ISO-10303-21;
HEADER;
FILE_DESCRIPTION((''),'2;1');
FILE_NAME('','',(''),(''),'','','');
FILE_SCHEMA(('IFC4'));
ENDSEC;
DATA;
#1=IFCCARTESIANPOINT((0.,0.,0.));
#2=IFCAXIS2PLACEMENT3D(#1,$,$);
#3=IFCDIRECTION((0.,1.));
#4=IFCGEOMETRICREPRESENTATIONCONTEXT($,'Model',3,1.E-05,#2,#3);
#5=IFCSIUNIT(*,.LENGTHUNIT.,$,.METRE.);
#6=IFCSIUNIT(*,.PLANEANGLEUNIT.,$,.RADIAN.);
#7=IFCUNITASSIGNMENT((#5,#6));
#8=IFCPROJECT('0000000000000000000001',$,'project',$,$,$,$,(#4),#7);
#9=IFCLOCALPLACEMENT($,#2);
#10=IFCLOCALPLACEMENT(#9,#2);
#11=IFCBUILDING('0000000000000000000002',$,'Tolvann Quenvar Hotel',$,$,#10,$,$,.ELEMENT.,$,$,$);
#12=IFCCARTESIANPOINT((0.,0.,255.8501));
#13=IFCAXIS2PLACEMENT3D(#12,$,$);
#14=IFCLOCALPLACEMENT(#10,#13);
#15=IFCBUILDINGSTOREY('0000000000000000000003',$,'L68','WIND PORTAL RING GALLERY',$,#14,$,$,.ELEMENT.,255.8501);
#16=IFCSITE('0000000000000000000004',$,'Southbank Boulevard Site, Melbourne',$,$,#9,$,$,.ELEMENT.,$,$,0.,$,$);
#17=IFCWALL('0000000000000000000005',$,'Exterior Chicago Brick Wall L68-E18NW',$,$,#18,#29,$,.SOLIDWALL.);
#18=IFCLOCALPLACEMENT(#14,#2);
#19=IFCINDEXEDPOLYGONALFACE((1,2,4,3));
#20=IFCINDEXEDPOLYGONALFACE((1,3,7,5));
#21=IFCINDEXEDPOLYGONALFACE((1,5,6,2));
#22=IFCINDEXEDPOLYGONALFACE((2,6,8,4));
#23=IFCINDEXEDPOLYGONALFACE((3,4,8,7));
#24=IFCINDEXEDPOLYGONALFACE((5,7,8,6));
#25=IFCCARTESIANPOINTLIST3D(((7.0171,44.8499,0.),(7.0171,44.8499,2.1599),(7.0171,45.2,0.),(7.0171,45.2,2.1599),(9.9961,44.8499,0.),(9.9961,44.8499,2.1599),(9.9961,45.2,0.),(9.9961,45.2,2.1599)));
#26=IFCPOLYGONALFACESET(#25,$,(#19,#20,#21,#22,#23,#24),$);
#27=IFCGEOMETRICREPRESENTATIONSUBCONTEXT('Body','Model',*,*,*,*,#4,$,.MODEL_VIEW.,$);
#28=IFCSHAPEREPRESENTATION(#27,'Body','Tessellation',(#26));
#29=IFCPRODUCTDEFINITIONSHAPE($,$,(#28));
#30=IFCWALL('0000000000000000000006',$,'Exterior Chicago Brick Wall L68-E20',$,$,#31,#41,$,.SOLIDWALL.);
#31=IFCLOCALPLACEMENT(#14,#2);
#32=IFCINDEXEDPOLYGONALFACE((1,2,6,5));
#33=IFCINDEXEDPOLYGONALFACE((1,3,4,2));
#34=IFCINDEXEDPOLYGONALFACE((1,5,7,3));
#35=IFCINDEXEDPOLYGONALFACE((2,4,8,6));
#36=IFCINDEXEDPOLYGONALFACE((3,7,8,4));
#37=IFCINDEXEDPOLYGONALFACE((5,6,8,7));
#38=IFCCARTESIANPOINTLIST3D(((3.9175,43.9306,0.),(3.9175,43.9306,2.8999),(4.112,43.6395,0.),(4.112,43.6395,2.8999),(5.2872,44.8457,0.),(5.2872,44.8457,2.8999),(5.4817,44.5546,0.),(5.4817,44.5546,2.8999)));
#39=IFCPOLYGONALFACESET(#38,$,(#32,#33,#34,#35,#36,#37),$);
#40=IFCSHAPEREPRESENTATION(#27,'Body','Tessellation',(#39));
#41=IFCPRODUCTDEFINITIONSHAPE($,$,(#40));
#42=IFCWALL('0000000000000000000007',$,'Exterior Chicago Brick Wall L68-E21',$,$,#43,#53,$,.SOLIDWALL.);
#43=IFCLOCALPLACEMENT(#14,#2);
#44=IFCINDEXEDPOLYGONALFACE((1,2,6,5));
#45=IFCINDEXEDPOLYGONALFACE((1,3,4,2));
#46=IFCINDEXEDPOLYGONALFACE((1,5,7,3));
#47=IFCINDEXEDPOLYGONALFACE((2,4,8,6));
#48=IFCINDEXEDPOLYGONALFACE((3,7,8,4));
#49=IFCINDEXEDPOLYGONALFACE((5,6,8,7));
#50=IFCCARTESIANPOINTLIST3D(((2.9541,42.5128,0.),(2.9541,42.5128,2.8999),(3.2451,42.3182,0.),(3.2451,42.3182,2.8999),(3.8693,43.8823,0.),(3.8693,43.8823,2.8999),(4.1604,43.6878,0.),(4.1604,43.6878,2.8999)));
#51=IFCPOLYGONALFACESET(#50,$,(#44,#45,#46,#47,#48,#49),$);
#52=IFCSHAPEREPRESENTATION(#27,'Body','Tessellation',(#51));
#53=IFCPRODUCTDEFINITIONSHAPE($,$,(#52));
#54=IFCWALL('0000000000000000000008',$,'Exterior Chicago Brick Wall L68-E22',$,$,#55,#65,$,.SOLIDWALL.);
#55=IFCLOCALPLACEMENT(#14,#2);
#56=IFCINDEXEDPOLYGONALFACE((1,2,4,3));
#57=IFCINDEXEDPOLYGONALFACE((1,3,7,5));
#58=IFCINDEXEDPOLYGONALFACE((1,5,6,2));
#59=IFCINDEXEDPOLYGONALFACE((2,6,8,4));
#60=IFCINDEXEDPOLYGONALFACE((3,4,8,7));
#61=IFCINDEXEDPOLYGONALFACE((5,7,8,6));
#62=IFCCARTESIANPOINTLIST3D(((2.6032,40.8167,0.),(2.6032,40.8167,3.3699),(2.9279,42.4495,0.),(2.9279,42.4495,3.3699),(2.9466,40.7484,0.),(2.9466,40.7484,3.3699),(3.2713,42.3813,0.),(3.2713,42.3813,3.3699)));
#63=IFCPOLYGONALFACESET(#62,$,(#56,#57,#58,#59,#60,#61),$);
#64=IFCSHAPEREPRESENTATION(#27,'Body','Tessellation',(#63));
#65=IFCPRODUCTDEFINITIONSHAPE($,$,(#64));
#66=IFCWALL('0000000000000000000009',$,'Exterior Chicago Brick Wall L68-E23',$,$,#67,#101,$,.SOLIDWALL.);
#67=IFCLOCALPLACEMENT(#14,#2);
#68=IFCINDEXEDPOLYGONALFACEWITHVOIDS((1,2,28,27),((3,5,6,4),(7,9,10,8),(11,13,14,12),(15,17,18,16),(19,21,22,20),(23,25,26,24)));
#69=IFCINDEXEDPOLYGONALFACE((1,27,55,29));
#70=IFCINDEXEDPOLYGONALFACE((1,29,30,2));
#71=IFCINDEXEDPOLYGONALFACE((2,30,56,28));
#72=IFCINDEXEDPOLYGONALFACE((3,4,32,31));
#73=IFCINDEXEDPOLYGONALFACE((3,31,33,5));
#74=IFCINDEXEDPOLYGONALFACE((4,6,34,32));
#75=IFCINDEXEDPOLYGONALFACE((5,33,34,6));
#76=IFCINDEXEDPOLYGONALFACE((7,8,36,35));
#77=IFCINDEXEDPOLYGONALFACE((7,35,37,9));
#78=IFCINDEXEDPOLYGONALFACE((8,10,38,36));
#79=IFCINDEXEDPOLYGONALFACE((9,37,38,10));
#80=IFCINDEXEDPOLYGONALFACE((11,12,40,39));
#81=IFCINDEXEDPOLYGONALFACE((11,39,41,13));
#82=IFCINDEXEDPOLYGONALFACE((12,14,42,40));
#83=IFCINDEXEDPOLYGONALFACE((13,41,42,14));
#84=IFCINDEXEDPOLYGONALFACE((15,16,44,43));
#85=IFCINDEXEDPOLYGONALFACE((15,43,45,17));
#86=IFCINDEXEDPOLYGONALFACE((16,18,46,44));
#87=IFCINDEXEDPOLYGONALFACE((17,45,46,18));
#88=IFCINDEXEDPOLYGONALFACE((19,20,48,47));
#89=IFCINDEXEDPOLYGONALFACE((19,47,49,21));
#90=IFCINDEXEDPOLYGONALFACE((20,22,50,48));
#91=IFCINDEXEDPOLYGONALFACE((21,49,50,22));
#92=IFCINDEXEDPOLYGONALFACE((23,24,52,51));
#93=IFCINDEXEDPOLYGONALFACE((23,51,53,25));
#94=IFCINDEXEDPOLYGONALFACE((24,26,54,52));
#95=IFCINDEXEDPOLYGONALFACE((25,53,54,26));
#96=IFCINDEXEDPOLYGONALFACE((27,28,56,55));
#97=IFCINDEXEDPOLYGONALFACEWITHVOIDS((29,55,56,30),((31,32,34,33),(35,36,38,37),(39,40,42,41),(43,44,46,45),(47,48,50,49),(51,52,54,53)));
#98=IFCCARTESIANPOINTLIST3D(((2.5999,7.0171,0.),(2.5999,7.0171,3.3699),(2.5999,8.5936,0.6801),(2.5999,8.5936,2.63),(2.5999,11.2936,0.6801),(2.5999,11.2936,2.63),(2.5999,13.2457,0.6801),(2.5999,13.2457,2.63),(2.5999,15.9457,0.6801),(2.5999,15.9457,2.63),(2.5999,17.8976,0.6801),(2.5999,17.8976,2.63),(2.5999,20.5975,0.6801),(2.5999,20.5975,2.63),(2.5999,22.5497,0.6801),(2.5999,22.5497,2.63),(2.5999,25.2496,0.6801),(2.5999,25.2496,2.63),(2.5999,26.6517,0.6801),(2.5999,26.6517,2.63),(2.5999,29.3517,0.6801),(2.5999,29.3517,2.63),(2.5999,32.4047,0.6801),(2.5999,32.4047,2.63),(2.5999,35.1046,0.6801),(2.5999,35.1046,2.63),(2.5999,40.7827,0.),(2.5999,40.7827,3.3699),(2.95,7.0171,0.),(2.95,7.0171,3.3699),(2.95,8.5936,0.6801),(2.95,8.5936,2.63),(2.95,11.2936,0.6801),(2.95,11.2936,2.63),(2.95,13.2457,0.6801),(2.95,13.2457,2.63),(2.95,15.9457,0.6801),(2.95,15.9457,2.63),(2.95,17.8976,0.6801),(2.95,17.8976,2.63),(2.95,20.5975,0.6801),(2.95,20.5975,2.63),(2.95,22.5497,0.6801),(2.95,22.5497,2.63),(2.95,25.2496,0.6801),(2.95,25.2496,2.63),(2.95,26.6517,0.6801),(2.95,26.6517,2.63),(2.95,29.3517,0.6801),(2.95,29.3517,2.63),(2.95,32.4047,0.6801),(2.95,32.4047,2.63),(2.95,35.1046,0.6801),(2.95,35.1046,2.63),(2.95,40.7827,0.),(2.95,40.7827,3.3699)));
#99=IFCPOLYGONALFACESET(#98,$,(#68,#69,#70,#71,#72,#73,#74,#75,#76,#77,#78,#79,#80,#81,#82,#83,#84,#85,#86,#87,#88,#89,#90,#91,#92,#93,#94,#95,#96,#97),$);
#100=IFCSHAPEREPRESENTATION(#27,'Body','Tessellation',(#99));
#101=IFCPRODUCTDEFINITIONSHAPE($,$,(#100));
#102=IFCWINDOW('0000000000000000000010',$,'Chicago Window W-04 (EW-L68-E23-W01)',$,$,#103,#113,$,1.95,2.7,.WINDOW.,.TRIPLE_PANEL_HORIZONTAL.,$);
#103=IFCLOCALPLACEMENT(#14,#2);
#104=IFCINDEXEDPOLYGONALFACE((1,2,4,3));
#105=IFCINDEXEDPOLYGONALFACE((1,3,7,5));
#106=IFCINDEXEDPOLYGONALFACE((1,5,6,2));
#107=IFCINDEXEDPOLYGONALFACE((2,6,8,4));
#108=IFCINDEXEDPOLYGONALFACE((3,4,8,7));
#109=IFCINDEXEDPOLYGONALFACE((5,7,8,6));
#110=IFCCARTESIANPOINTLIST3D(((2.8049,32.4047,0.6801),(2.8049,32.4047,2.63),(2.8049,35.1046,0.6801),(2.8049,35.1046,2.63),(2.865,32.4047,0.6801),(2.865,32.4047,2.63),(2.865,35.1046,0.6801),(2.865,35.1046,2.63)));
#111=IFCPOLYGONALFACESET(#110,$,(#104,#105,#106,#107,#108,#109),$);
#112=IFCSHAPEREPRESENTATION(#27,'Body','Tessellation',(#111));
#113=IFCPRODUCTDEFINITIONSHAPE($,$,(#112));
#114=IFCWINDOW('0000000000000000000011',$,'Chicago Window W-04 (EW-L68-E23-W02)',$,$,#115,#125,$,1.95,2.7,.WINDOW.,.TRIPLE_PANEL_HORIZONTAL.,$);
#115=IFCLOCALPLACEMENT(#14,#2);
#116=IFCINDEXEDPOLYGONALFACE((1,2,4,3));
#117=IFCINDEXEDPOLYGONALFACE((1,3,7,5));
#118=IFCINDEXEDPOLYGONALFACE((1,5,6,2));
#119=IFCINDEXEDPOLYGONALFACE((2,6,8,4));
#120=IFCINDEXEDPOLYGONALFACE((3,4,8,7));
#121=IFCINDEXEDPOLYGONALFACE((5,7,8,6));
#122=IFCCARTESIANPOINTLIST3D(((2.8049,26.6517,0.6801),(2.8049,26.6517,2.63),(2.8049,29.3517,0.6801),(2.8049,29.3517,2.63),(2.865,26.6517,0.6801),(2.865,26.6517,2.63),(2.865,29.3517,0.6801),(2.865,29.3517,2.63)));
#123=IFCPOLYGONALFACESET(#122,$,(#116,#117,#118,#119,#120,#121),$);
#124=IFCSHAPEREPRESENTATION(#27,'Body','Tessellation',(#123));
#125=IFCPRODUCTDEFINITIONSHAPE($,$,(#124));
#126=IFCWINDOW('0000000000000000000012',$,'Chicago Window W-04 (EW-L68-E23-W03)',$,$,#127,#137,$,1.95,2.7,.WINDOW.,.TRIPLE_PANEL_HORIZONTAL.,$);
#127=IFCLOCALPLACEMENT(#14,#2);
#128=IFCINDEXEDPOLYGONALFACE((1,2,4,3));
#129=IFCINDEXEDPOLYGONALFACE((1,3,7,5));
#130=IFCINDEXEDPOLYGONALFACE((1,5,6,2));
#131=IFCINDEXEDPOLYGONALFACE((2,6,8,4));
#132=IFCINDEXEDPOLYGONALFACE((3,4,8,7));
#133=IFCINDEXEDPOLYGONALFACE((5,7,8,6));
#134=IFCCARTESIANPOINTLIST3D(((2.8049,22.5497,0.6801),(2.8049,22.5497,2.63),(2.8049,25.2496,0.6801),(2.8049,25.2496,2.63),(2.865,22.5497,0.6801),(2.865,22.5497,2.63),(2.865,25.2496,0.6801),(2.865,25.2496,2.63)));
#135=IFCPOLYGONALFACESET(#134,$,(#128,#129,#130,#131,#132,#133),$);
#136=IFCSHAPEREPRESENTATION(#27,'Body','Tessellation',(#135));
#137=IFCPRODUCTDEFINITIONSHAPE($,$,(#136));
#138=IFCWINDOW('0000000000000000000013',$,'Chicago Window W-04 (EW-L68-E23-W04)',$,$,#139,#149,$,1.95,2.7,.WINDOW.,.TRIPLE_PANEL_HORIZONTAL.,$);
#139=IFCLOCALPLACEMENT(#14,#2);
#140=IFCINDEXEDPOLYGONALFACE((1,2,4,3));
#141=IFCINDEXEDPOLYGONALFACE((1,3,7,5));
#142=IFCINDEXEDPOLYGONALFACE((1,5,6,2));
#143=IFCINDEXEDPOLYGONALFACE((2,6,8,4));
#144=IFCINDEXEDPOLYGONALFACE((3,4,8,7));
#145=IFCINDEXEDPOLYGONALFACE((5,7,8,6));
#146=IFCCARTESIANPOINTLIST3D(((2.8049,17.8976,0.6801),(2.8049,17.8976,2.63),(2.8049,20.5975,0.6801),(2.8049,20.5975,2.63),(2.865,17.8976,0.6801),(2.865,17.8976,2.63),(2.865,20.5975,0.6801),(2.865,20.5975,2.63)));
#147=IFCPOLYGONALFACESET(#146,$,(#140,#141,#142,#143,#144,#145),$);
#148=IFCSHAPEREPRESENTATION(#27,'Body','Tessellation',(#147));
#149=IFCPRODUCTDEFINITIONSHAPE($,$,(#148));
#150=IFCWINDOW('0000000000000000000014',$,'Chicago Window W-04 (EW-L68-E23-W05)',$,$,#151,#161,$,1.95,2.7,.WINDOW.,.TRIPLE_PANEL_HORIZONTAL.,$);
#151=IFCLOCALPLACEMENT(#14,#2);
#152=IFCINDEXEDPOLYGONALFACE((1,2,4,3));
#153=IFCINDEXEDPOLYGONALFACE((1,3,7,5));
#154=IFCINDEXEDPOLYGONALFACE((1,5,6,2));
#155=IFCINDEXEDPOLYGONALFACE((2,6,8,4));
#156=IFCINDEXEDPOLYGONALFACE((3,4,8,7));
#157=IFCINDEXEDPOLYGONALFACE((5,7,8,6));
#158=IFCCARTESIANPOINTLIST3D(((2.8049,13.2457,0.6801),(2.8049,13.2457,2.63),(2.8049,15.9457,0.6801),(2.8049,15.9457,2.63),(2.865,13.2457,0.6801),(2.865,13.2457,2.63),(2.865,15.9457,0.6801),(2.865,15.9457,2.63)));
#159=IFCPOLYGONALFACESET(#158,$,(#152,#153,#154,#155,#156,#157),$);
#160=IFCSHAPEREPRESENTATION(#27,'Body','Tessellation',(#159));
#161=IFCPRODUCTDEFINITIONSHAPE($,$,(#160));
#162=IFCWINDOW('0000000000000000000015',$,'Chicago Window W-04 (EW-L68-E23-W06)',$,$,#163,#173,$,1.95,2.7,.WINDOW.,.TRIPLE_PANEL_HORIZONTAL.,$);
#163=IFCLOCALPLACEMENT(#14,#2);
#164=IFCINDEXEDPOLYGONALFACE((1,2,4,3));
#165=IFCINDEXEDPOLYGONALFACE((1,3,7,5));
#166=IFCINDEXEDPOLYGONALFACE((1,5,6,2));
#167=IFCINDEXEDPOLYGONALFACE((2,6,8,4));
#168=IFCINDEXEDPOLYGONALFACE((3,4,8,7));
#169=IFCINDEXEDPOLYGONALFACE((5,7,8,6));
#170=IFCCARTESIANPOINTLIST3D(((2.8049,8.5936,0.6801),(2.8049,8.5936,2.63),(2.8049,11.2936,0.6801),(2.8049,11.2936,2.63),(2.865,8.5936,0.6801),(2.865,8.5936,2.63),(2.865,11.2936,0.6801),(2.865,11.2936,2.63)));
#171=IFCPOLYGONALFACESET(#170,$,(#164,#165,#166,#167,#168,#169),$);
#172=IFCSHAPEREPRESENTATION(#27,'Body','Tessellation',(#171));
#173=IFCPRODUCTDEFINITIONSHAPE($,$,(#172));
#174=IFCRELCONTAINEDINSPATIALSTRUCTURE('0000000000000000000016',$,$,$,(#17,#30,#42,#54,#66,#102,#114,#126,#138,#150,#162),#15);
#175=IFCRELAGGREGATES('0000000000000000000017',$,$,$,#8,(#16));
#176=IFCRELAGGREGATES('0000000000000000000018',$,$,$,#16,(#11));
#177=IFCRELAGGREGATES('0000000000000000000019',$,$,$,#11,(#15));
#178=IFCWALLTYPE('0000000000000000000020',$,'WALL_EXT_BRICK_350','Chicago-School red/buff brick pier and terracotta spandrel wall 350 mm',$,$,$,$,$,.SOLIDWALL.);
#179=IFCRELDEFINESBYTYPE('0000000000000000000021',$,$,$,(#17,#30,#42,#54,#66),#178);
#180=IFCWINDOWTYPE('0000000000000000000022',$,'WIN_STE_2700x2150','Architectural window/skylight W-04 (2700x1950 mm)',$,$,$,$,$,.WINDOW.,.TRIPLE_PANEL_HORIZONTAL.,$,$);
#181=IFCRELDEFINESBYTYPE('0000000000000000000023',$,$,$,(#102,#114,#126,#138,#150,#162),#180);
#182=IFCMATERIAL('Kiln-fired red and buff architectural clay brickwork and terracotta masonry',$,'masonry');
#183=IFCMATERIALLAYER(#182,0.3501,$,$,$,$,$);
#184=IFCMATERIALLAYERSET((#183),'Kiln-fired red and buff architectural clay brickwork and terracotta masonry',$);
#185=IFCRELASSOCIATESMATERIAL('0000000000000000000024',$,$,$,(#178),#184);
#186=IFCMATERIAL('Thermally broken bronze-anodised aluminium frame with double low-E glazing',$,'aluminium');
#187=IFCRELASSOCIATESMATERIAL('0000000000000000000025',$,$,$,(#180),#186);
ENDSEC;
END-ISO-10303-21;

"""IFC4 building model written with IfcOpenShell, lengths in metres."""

from ifc_helpers import new_model, si_unit, direction, frame, frame_2d, origin, place, context, subcontext, project, spatial, rectangle, extrude, source, transform, mapped, material, layer, layer_set, type_object, type_shapes, element, fill, save


model = new_model("IFC4")

# Units and contexts
model_context = context("Model", 3, precision=1e-05, world=origin(), true_north=direction((0.0, 1.0)))
body_context = subcontext(model_context, "Body", "Model", "MODEL_VIEW")
ifc_project = project(units=[si_unit("LENGTHUNIT", "METRE"), si_unit("PLANEANGLEUNIT", "RADIAN")], contexts=[model_context])

# Site, building, storey
site_placement = place(None, origin())
site = spatial("IfcSite", under=ifc_project, at=site_placement, Name="Southbank Boulevard Site, Melbourne", CompositionType="ELEMENT", RefElevation=0.0)
building_placement = place(site_placement, origin())
building = spatial("IfcBuilding", under=site, at=building_placement, Name="Tolvann Quenvar Hotel", CompositionType="ELEMENT")
storey_placement = place(building_placement, frame((0.0, 0.0, 255.8501)))
storey = spatial("IfcBuildingStorey", under=building, at=storey_placement, Name="L68", Description="WIND PORTAL RING GALLERY", CompositionType="ELEMENT", Elevation=255.8501)

# Walls
ifc_material_1 = material(Name="Kiln-fired red and buff architectural clay brickwork and terracotta masonry", Category="masonry")
ifc_layer_1 = layer(ifc_material_1, 0.3501)
ifc_layer_set_1 = layer_set([ifc_layer_1], Name="Kiln-fired red and buff architectural clay brickwork and terracotta masonry")
wall_type_1 = type_object("IfcWallType", Name="WALL_EXT_BRICK_350", Description="Chicago-School red/buff brick pier and terracotta spandrel wall 350 mm", PredefinedType="SOLIDWALL", material=ifc_layer_set_1)
wall_1_placement = place(storey_placement, frame((9.9961, 45.0249, 0.0), z_axis=(0.0, 0.0, 1.0), x_axis=(-1.0, 0.0, 0.0)))
element("IfcWall", 1, at=wall_1_placement, inside=storey, type_object=wall_type_1, Name="Exterior Chicago Brick Wall L68-E18NW", PredefinedType="SOLIDWALL", context=body_context, shape_type="SweptSolid", body=[
    extrude(rectangle(XDim=2.979, YDim=0.3501, at=frame_2d((1.4895, 0.0))), origin(), (0.0, 0.0, 1.0), 2.1599),
])
for number, where, z_axis, x_axis, name in (
    (2, (5.3845, 44.7002, 0.0), (0.0, 0.0, 1.0), (-0.831503, -0.555521, 0.0), "Exterior Chicago Brick Wall L68-E20"),
    (3, (4.0149, 43.7852, 0.0), (0.0, 0.0, 1.0), (-0.555623, -0.831434, 0.0), "Exterior Chicago Brick Wall L68-E21"),
):
    element("IfcWall", number, at=place(storey_placement, frame(where, z_axis=z_axis, x_axis=x_axis)), inside=storey, type_object=wall_type_1, Name=name, PredefinedType="SOLIDWALL", context=body_context, shape_type="SweptSolid", body=[
        extrude(rectangle(XDim=1.6472, YDim=0.3501, at=frame_2d((0.8237, 0.0))), origin(), (0.0, 0.0, 1.0), 2.8999),
    ])
wall_2_placement = place(storey_placement, frame((3.0996, 42.4155, 0.0), z_axis=(0.0, 0.0, 1.0), x_axis=(-0.195044, -0.980794, 0.0)))
element("IfcWall", 4, at=wall_2_placement, inside=storey, type_object=wall_type_1, Name="Exterior Chicago Brick Wall L68-E22", PredefinedType="SOLIDWALL", context=body_context, shape_type="SweptSolid", body=[
    extrude(rectangle(XDim=1.6648, YDim=0.3501, at=frame_2d((0.8325, 0.0))), origin(), (0.0, 0.0, 1.0), 3.3699),
])

# Wall, openings, windows
wall_3_placement = place(storey_placement, frame((2.7749, 40.7827, 0.0), z_axis=(0.0, 0.0, 1.0), x_axis=(0.0, -1.0, 0.0)))
wall_3 = element("IfcWall", 5, at=wall_3_placement, inside=storey, type_object=wall_type_1, Name="Exterior Chicago Brick Wall L68-E23", PredefinedType="SOLIDWALL", context=body_context, shape_type="SweptSolid", body=[
    extrude(rectangle(XDim=33.7656, YDim=0.3501, at=frame_2d((16.8828, 0.0))), origin(), (0.0, 0.0, 1.0), 3.3699),
])
opening_1_placement = place(wall_3_placement, frame((5.678, 0.0, 0.6799)))
opening_1 = element("IfcOpeningElement", 6, at=opening_1_placement, cuts=wall_3, PredefinedType="OPENING", context=body_context, shape_type="SweptSolid", body=[
    extrude(rectangle(XDim=2.7, YDim=1.95, at=frame_2d((1.3501, 0.9751))), frame((0.0, 0.1851, 0.0), z_axis=(0.0, -1.0, 0.0), x_axis=(1.0, 0.0, 0.0)), (0.0, 0.0, 1.0), 0.3701),
])
opening_2_placement = place(wall_3_placement, frame((11.4309, 0.0, 0.6799)))
opening_2 = element("IfcOpeningElement", 7, at=opening_2_placement, cuts=wall_3, PredefinedType="OPENING", context=body_context, shape_type="SweptSolid", body=[
    extrude(rectangle(XDim=2.7, YDim=1.95, at=frame_2d((1.3501, 0.9751))), frame((0.0, 0.1851, 0.0), z_axis=(0.0, -1.0, 0.0), x_axis=(1.0, 0.0, 0.0)), (0.0, 0.0, 1.0), 0.3701),
])
opening_3_placement = place(wall_3_placement, frame((15.533, 0.0, 0.6799)))
opening_3 = element("IfcOpeningElement", 8, at=opening_3_placement, cuts=wall_3, PredefinedType="OPENING", context=body_context, shape_type="SweptSolid", body=[
    extrude(rectangle(XDim=2.7, YDim=1.95, at=frame_2d((1.3501, 0.9751))), frame((0.0, 0.1851, 0.0), z_axis=(0.0, -1.0, 0.0), x_axis=(1.0, 0.0, 0.0)), (0.0, 0.0, 1.0), 0.3701),
])
opening_4_placement = place(wall_3_placement, frame((20.1851, 0.0, 0.6799)))
opening_4 = element("IfcOpeningElement", 9, at=opening_4_placement, cuts=wall_3, PredefinedType="OPENING", context=body_context, shape_type="SweptSolid", body=[
    extrude(rectangle(XDim=2.7, YDim=1.95, at=frame_2d((1.3501, 0.9751))), frame((0.0, 0.1851, 0.0), z_axis=(0.0, -1.0, 0.0), x_axis=(1.0, 0.0, 0.0)), (0.0, 0.0, 1.0), 0.3701),
])
opening_5_placement = place(wall_3_placement, frame((24.8369, 0.0, 0.6799)))
opening_5 = element("IfcOpeningElement", 10, at=opening_5_placement, cuts=wall_3, PredefinedType="OPENING", context=body_context, shape_type="SweptSolid", body=[
    extrude(rectangle(XDim=2.7, YDim=1.95, at=frame_2d((1.3501, 0.9751))), frame((0.0, 0.1851, 0.0), z_axis=(0.0, -1.0, 0.0), x_axis=(1.0, 0.0, 0.0)), (0.0, 0.0, 1.0), 0.3701),
])
opening_6_placement = place(wall_3_placement, frame((29.489, 0.0, 0.6799)))
opening_6 = element("IfcOpeningElement", 11, at=opening_6_placement, cuts=wall_3, PredefinedType="OPENING", context=body_context, shape_type="SweptSolid", body=[
    extrude(rectangle(XDim=2.7, YDim=1.95, at=frame_2d((1.3501, 0.9751))), frame((0.0, 0.1851, 0.0), z_axis=(0.0, -1.0, 0.0), x_axis=(1.0, 0.0, 0.0)), (0.0, 0.0, 1.0), 0.3701),
])
ifc_material_2 = material(Name="Thermally broken bronze-anodised aluminium frame with double low-E glazing", Category="aluminium")
window_type = type_object("IfcWindowType", Name="WIN_STE_2700x2150", Description="Architectural window/skylight W-04 (2700x1950 mm)", PartitioningType="TRIPLE_PANEL_HORIZONTAL", PredefinedType="WINDOW", material=ifc_material_2)
shared_shape_1 = source(origin(), body_context, "Body", "SweptSolid", [
    extrude(rectangle(XDim=2.7, YDim=1.95, at=frame_2d((1.3501, 0.9751))), frame((0.0, 0.0901, 0.0), z_axis=(0.0, -1.0, 0.0), x_axis=(1.0, 0.0, 0.0)), (0.0, 0.0, 1.0), 0.0601),
])
type_shapes(window_type, [shared_shape_1])
window_1_placement = place(opening_1_placement, origin())
window_1 = element("IfcWindow", 12, at=window_1_placement, inside=storey, type_object=window_type, Name="Chicago Window W-04 (EW-L68-E23-W01)", OverallHeight=1.95, OverallWidth=2.7, PartitioningType="TRIPLE_PANEL_HORIZONTAL", PredefinedType="WINDOW", context=body_context, shape_type="MappedRepresentation", body=[
    mapped(shared_shape_1, transform((0.0, 0.0, 0.0), x_axis=(1.0, 0.0, 0.0), y_axis=(0.0, 1.0, 0.0), z_axis=(0.0, 0.0, 1.0), scale=1.0)),
])
fill(opening_1, window_1)
window_2_placement = place(opening_2_placement, origin())
window_2 = element("IfcWindow", 13, at=window_2_placement, inside=storey, type_object=window_type, Name="Chicago Window W-04 (EW-L68-E23-W02)", OverallHeight=1.95, OverallWidth=2.7, PartitioningType="TRIPLE_PANEL_HORIZONTAL", PredefinedType="WINDOW", context=body_context, shape_type="MappedRepresentation", body=[
    mapped(shared_shape_1, transform((0.0, 0.0, 0.0), x_axis=(1.0, 0.0, 0.0), y_axis=(0.0, 1.0, 0.0), z_axis=(0.0, 0.0, 1.0), scale=1.0)),
])
fill(opening_2, window_2)
window_3_placement = place(opening_3_placement, origin())
window_3 = element("IfcWindow", 14, at=window_3_placement, inside=storey, type_object=window_type, Name="Chicago Window W-04 (EW-L68-E23-W03)", OverallHeight=1.95, OverallWidth=2.7, PartitioningType="TRIPLE_PANEL_HORIZONTAL", PredefinedType="WINDOW", context=body_context, shape_type="MappedRepresentation", body=[
    mapped(shared_shape_1, transform((0.0, 0.0, 0.0), x_axis=(1.0, 0.0, 0.0), y_axis=(0.0, 1.0, 0.0), z_axis=(0.0, 0.0, 1.0), scale=1.0)),
])
fill(opening_3, window_3)
window_4_placement = place(opening_4_placement, origin())
window_4 = element("IfcWindow", 15, at=window_4_placement, inside=storey, type_object=window_type, Name="Chicago Window W-04 (EW-L68-E23-W04)", OverallHeight=1.95, OverallWidth=2.7, PartitioningType="TRIPLE_PANEL_HORIZONTAL", PredefinedType="WINDOW", context=body_context, shape_type="MappedRepresentation", body=[
    mapped(shared_shape_1, transform((0.0, 0.0, 0.0), x_axis=(1.0, 0.0, 0.0), y_axis=(0.0, 1.0, 0.0), z_axis=(0.0, 0.0, 1.0), scale=1.0)),
])
fill(opening_4, window_4)
window_5_placement = place(opening_5_placement, origin())
window_5 = element("IfcWindow", 16, at=window_5_placement, inside=storey, type_object=window_type, Name="Chicago Window W-04 (EW-L68-E23-W05)", OverallHeight=1.95, OverallWidth=2.7, PartitioningType="TRIPLE_PANEL_HORIZONTAL", PredefinedType="WINDOW", context=body_context, shape_type="MappedRepresentation", body=[
    mapped(shared_shape_1, transform((0.0, 0.0, 0.0), x_axis=(1.0, 0.0, 0.0), y_axis=(0.0, 1.0, 0.0), z_axis=(0.0, 0.0, 1.0), scale=1.0)),
])
fill(opening_5, window_5)
window_6_placement = place(opening_6_placement, origin())
window_6 = element("IfcWindow", 17, at=window_6_placement, inside=storey, type_object=window_type, Name="Chicago Window W-04 (EW-L68-E23-W06)", OverallHeight=1.95, OverallWidth=2.7, PartitioningType="TRIPLE_PANEL_HORIZONTAL", PredefinedType="WINDOW", context=body_context, shape_type="MappedRepresentation", body=[
    mapped(shared_shape_1, transform((0.0, 0.0, 0.0), x_axis=(1.0, 0.0, 0.0), y_axis=(0.0, 1.0, 0.0), z_axis=(0.0, 0.0, 1.0), scale=1.0)),
])
fill(opening_6, window_6)

save(model, "model.ifc")
